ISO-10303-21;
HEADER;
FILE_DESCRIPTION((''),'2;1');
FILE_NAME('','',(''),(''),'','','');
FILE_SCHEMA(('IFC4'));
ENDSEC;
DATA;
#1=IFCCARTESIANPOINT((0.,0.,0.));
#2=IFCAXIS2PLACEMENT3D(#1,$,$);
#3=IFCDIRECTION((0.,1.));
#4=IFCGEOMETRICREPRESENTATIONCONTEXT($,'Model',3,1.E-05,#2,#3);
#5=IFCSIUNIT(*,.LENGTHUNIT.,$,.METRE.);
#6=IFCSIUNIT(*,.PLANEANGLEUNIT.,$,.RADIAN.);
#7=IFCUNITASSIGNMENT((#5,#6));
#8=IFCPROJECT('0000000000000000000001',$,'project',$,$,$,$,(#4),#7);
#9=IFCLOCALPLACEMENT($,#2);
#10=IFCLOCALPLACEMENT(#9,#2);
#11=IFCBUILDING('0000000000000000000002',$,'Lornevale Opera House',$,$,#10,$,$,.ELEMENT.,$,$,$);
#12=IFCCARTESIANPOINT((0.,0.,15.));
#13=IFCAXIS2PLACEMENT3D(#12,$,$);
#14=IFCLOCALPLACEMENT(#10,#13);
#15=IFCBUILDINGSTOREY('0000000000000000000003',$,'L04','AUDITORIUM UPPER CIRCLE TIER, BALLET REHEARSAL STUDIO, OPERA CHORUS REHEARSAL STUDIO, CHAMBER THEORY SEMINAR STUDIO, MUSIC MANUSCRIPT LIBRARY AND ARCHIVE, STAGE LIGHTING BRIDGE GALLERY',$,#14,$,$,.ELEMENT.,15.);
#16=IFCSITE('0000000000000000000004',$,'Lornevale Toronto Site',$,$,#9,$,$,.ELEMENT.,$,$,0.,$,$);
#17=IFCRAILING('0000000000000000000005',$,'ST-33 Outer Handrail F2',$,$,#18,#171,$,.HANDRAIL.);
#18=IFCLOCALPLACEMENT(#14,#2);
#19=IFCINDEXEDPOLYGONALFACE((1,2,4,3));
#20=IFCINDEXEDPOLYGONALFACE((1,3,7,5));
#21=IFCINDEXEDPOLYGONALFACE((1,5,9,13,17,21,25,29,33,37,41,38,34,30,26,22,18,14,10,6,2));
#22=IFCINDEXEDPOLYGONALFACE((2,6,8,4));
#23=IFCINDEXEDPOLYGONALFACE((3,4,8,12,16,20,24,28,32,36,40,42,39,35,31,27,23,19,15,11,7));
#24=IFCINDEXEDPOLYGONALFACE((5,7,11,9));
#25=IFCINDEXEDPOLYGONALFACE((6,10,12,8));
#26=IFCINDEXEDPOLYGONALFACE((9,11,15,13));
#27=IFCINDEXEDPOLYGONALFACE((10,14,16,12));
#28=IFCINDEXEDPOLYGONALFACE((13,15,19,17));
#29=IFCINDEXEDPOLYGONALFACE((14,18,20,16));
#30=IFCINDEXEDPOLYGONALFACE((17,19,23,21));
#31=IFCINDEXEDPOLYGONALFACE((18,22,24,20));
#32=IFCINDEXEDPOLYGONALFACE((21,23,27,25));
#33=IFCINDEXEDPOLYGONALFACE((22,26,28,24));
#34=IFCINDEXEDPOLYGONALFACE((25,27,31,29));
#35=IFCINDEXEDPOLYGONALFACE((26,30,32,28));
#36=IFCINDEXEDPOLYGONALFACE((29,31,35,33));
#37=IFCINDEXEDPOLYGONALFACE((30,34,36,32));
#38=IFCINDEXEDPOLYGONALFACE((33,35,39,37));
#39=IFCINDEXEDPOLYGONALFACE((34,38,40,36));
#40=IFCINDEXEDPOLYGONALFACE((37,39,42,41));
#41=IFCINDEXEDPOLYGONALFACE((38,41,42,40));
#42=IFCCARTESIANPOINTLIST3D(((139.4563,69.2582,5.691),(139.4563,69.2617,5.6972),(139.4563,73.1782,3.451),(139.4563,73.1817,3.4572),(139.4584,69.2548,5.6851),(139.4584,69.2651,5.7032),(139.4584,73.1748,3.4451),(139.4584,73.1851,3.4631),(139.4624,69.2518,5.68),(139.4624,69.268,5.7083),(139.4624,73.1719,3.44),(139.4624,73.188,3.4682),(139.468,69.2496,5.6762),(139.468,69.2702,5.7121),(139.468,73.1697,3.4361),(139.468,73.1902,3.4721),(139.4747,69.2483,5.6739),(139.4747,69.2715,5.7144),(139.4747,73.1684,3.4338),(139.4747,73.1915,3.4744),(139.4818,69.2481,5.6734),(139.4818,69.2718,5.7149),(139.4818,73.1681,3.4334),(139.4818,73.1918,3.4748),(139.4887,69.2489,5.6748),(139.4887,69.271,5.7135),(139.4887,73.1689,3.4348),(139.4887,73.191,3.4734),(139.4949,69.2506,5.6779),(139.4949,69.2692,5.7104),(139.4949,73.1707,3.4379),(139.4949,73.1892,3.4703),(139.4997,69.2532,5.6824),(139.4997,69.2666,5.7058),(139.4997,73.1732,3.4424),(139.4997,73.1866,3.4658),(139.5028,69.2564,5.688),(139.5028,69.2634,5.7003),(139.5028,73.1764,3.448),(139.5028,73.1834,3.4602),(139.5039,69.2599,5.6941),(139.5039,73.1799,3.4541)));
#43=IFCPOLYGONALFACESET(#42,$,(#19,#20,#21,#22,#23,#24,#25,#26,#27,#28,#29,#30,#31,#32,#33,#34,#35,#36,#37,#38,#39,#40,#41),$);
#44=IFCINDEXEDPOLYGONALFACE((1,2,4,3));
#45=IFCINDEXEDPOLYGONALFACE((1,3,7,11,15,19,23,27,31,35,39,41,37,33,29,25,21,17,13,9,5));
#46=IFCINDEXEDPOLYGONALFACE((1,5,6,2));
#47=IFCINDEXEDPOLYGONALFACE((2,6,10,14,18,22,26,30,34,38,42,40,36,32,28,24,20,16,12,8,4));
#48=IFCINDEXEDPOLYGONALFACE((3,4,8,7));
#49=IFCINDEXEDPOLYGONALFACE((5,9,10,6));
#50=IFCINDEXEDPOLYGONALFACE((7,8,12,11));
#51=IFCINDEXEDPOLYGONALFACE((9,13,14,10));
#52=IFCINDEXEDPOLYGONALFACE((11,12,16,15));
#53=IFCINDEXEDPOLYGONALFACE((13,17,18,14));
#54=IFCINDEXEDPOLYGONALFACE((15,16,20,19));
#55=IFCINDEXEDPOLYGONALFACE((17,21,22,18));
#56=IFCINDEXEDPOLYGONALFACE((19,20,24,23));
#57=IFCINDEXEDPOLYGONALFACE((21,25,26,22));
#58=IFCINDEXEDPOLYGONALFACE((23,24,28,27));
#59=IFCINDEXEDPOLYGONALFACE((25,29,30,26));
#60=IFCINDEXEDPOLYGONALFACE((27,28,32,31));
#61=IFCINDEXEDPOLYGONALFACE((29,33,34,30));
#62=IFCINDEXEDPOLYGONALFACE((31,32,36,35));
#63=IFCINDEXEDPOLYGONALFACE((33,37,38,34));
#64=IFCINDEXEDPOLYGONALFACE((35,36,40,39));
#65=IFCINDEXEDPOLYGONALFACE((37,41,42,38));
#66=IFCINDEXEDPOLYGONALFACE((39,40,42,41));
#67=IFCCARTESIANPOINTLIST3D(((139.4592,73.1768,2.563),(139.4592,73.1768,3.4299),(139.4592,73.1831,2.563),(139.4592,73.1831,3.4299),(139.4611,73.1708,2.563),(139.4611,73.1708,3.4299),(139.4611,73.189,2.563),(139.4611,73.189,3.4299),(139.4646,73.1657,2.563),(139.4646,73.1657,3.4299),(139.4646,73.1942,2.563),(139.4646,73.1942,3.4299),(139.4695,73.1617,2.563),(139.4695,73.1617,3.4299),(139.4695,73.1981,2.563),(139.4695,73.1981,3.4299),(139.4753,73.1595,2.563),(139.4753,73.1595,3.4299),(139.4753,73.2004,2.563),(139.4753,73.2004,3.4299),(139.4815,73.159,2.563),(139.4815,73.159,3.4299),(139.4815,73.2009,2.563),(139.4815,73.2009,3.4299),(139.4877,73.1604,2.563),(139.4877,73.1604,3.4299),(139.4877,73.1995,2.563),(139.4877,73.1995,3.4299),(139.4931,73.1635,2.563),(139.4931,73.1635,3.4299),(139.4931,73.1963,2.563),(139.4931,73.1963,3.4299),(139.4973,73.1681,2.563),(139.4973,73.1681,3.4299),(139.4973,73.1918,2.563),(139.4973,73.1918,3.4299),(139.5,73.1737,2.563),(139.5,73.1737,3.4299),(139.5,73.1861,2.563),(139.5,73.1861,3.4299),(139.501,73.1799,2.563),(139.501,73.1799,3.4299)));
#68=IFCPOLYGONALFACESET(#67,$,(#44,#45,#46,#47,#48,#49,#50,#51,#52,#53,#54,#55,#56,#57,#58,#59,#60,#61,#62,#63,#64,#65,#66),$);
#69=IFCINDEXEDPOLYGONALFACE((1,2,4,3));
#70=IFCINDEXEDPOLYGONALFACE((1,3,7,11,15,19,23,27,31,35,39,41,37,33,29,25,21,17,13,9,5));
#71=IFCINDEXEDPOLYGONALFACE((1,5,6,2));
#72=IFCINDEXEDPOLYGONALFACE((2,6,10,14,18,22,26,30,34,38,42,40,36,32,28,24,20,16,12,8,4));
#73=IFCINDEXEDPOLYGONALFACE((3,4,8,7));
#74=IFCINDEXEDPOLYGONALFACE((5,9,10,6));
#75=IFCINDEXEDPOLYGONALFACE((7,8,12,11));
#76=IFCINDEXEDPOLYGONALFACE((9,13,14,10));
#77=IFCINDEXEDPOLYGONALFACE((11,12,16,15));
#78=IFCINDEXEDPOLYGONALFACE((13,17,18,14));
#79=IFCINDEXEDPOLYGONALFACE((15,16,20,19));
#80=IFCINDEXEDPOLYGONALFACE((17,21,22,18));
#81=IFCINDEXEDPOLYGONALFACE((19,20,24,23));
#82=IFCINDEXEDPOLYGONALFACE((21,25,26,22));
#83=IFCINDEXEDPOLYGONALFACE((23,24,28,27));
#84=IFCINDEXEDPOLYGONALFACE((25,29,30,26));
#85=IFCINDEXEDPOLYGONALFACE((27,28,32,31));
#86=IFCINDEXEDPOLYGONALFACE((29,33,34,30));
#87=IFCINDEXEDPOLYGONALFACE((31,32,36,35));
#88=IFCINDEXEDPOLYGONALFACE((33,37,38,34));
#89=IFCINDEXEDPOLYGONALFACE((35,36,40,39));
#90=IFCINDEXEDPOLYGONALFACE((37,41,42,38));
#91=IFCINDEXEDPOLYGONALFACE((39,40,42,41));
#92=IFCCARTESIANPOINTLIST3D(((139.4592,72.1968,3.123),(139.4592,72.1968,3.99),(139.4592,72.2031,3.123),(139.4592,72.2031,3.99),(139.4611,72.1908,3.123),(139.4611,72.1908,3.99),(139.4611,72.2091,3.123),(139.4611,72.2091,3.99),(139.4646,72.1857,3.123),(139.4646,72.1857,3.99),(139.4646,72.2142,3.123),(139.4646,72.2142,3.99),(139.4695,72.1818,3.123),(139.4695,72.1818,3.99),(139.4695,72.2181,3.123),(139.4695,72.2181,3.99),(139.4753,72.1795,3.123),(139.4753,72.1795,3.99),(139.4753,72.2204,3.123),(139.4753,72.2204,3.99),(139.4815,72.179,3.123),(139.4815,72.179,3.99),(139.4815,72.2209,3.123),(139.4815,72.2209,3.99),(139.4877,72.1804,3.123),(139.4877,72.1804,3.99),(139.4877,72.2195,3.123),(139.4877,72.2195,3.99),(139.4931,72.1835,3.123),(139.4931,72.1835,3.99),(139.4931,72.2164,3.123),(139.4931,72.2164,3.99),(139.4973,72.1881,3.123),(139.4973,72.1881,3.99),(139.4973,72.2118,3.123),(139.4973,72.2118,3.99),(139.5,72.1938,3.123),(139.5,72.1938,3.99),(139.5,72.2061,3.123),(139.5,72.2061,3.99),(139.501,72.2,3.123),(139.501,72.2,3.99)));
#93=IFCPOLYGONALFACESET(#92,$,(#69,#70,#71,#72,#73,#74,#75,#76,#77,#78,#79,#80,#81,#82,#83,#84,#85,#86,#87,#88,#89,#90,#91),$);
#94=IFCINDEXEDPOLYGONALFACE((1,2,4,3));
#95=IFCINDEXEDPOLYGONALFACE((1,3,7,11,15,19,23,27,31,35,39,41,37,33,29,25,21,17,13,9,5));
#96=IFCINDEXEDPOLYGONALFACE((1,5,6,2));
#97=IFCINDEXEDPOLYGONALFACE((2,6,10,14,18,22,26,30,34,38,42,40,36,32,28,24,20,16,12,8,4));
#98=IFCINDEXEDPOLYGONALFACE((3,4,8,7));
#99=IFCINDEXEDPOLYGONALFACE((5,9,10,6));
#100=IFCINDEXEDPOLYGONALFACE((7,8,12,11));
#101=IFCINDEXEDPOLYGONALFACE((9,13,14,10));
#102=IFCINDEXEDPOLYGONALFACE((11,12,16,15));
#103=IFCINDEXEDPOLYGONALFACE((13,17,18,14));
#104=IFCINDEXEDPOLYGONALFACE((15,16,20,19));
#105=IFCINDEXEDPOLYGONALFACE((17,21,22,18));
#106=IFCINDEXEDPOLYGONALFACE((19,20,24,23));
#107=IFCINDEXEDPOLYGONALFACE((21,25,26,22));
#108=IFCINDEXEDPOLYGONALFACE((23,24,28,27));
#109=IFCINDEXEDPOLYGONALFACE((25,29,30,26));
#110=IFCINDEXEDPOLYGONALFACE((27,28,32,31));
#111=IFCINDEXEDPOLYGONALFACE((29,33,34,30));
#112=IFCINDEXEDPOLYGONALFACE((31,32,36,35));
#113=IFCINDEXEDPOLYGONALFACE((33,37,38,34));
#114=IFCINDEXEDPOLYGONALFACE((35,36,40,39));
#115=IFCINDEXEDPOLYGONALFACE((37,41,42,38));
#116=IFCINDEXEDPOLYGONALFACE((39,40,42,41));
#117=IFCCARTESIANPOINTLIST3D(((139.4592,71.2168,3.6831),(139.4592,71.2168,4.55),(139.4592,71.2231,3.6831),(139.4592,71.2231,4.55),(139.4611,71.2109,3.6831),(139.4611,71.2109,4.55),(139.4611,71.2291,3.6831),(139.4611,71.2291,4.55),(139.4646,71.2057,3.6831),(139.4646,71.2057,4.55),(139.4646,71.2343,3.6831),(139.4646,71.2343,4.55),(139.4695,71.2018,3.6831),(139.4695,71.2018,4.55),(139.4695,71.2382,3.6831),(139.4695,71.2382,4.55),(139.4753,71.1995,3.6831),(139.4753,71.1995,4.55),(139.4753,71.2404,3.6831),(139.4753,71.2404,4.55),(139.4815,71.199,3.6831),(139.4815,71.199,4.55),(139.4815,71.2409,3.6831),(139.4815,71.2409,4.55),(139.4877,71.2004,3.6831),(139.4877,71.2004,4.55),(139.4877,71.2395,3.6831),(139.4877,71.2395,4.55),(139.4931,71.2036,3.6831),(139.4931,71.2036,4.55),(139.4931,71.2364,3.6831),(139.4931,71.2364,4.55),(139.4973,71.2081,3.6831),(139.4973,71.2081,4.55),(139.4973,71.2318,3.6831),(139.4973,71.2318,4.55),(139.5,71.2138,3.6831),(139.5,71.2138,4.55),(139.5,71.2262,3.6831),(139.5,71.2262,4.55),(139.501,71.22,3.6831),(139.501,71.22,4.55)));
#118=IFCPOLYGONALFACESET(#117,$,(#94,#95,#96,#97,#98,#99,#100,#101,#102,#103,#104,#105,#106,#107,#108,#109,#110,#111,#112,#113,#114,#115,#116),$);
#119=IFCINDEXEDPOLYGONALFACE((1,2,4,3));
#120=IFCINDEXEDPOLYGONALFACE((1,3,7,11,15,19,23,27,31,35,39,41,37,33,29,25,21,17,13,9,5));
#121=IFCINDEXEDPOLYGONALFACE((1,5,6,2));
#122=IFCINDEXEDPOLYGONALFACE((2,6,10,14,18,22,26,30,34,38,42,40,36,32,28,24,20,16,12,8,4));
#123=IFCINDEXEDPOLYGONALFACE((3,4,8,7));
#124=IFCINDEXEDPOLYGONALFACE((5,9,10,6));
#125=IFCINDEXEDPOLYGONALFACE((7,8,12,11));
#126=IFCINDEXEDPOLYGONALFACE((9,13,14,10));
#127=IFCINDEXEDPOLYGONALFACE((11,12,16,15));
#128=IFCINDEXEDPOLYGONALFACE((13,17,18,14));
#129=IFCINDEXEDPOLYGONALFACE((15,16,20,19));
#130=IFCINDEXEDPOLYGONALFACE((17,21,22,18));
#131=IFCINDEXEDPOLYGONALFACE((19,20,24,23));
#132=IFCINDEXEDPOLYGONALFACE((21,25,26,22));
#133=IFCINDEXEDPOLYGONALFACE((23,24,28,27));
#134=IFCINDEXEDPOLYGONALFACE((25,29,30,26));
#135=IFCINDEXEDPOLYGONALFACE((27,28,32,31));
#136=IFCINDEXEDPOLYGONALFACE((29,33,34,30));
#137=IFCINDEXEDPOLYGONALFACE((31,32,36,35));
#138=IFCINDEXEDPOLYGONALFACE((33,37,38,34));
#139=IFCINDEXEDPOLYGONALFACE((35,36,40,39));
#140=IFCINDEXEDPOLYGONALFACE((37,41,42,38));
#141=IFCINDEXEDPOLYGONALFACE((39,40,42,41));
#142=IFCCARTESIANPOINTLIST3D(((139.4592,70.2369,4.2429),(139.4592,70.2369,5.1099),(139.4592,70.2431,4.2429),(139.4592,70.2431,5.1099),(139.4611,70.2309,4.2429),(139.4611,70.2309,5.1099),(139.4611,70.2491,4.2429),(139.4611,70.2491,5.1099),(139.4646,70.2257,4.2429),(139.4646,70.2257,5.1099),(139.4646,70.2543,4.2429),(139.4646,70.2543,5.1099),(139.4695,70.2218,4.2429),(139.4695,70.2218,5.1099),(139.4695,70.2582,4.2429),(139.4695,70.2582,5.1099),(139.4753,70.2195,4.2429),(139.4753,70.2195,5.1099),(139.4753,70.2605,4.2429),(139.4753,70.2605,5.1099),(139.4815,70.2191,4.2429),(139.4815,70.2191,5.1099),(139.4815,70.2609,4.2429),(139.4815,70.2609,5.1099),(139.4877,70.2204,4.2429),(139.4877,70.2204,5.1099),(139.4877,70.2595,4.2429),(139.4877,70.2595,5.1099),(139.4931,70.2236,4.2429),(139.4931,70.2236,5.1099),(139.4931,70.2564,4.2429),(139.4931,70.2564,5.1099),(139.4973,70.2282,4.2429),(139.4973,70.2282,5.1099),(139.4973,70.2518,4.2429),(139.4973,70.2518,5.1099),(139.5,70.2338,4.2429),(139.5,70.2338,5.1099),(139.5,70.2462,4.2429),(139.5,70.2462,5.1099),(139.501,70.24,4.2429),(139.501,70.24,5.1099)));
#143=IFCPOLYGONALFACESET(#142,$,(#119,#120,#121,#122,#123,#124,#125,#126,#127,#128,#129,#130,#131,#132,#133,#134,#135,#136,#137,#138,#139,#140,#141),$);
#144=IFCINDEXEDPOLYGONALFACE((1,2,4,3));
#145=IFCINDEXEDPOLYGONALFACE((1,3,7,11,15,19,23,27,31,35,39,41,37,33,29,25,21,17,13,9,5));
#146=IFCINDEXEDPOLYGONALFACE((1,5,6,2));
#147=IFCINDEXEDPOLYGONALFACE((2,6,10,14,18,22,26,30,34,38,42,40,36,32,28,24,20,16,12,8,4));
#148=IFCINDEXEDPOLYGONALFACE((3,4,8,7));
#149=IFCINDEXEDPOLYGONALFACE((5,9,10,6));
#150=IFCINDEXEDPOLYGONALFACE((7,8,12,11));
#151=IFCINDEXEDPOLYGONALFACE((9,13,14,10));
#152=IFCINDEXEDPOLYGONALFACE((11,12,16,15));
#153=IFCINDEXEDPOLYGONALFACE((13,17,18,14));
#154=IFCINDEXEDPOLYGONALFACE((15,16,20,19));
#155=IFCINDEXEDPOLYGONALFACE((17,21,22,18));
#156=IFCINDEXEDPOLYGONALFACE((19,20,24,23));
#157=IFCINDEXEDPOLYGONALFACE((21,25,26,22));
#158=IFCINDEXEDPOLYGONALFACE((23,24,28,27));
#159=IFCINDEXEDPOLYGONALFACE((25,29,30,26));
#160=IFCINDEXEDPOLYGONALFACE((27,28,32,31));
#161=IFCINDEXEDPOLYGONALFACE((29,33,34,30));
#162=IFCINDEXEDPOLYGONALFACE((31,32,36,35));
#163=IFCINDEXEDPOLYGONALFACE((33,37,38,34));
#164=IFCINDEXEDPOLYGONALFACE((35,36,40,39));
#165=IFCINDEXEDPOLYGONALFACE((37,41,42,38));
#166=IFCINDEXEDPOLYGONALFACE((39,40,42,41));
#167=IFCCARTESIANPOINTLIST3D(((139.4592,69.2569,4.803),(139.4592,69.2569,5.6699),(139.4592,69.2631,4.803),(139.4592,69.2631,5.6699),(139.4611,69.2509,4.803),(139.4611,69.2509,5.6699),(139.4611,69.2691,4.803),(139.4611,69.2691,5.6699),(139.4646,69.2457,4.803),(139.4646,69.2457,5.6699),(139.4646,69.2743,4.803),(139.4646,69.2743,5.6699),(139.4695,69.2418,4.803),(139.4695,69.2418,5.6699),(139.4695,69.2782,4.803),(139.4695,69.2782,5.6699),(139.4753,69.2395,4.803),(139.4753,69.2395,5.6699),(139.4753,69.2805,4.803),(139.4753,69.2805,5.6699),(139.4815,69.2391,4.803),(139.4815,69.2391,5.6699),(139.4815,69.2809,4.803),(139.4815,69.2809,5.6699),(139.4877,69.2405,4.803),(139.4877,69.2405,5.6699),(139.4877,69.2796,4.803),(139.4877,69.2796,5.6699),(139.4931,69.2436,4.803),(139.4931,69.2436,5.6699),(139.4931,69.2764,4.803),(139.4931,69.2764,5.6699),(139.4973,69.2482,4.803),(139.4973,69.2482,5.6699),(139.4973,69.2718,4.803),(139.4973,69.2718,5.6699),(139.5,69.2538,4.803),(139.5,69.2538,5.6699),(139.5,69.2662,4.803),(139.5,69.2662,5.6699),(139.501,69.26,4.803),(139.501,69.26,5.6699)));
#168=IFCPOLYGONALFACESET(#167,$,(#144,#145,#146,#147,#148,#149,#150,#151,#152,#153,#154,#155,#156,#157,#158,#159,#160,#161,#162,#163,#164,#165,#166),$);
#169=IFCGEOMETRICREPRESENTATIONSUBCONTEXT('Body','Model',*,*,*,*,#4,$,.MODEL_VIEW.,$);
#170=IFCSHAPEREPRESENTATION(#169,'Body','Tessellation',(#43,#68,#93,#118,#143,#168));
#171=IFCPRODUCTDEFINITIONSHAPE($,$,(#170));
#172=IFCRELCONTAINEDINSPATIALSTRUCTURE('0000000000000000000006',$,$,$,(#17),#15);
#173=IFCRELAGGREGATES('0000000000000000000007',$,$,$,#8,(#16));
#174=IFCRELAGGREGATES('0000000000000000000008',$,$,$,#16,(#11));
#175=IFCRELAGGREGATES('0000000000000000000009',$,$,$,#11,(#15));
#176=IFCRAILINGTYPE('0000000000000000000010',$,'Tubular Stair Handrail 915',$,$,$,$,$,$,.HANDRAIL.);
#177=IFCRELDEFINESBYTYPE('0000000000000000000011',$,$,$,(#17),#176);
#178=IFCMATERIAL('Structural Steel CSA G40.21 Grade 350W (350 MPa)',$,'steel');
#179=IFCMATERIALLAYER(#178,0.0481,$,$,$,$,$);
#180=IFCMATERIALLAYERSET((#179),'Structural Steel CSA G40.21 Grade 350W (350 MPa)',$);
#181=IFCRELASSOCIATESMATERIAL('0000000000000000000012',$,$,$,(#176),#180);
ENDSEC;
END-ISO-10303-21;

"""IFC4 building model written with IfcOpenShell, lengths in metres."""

from ifc_helpers import new_model, si_unit, direction, frame, origin, origin_2d, place, context, subcontext, project, spatial, circle, extrude, material, layer, layer_set, type_object, element, save


model = new_model("IFC4")

# Units and contexts
model_context = context("Model", 3, precision=1e-05, world=origin(), true_north=direction((0.0, 1.0)))
body_context = subcontext(model_context, "Body", "Model", "MODEL_VIEW")
ifc_project = project(units=[si_unit("LENGTHUNIT", "METRE"), si_unit("PLANEANGLEUNIT", "RADIAN")], contexts=[model_context])

# Site, building, storey
site_placement = place(None, origin())
site = spatial("IfcSite", under=ifc_project, at=site_placement, Name="Lornevale Toronto Site", CompositionType="ELEMENT", RefElevation=0.0)
building_placement = place(site_placement, origin())
building = spatial("IfcBuilding", under=site, at=building_placement, Name="Lornevale Opera House", CompositionType="ELEMENT")
storey_placement = place(building_placement, frame((0.0, 0.0, 15.0)))
storey = spatial("IfcBuildingStorey", under=building, at=storey_placement, Name="L04", Description="AUDITORIUM UPPER CIRCLE TIER, BALLET REHEARSAL STUDIO, OPERA CHORUS REHEARSAL STUDIO, CHAMBER THEORY SEMINAR STUDIO, MUSIC MANUSCRIPT LIBRARY AND ARCHIVE, STAGE LIGHTING BRIDGE GALLERY", CompositionType="ELEMENT", Elevation=15.0)

# Shared definitions
ifc_material_1 = material(Name="Structural Steel CSA G40.21 Grade 350W (350 MPa)", Category="steel")

# Railing
ifc_layer_1 = layer(ifc_material_1, 0.0481)
ifc_layer_set_1 = layer_set([ifc_layer_1], Name="Structural Steel CSA G40.21 Grade 350W (350 MPa)")
railing_type_1 = type_object("IfcRailingType", Name="Tubular Stair Handrail 915", PredefinedType="HANDRAIL", material=ifc_layer_set_1)
railing_1_placement = place(storey_placement, frame((139.48, 73.1799, 2.563)))
element("IfcRailing", 1, at=railing_1_placement, inside=storey, type_object=railing_type_1, Name="ST-33 Outer Handrail F2", PredefinedType="HANDRAIL", context=body_context, shape_type="SweptSolid", body=[
    extrude(circle(Radius=0.0239, at=origin_2d()), frame((0.0, 0.0, 0.8911), z_axis=(0.0, -0.86824, 0.496145), x_axis=(1.0, 0.0, 0.0)), (0.0, 0.0, 1.0), 4.5149),
    extrude(circle(Radius=0.021, at=origin_2d()), origin(), (0.0, 0.0, 1.0), 0.8669),
    extrude(circle(Radius=0.021, at=origin_2d()), frame((0.0, -0.98, 0.5601)), (0.0, 0.0, 1.0), 0.8669),
    extrude(circle(Radius=0.021, at=origin_2d()), frame((0.0, -1.96, 1.1201)), (0.0, 0.0, 1.0), 0.8669),
    extrude(circle(Radius=0.021, at=origin_2d()), frame((0.0, -2.9399, 1.6799)), (0.0, 0.0, 1.0), 0.8669),
    extrude(circle(Radius=0.021, at=origin_2d()), frame((0.0, -3.9199, 2.24)), (0.0, 0.0, 1.0), 0.8669),
])

save(model, "model.ifc")
